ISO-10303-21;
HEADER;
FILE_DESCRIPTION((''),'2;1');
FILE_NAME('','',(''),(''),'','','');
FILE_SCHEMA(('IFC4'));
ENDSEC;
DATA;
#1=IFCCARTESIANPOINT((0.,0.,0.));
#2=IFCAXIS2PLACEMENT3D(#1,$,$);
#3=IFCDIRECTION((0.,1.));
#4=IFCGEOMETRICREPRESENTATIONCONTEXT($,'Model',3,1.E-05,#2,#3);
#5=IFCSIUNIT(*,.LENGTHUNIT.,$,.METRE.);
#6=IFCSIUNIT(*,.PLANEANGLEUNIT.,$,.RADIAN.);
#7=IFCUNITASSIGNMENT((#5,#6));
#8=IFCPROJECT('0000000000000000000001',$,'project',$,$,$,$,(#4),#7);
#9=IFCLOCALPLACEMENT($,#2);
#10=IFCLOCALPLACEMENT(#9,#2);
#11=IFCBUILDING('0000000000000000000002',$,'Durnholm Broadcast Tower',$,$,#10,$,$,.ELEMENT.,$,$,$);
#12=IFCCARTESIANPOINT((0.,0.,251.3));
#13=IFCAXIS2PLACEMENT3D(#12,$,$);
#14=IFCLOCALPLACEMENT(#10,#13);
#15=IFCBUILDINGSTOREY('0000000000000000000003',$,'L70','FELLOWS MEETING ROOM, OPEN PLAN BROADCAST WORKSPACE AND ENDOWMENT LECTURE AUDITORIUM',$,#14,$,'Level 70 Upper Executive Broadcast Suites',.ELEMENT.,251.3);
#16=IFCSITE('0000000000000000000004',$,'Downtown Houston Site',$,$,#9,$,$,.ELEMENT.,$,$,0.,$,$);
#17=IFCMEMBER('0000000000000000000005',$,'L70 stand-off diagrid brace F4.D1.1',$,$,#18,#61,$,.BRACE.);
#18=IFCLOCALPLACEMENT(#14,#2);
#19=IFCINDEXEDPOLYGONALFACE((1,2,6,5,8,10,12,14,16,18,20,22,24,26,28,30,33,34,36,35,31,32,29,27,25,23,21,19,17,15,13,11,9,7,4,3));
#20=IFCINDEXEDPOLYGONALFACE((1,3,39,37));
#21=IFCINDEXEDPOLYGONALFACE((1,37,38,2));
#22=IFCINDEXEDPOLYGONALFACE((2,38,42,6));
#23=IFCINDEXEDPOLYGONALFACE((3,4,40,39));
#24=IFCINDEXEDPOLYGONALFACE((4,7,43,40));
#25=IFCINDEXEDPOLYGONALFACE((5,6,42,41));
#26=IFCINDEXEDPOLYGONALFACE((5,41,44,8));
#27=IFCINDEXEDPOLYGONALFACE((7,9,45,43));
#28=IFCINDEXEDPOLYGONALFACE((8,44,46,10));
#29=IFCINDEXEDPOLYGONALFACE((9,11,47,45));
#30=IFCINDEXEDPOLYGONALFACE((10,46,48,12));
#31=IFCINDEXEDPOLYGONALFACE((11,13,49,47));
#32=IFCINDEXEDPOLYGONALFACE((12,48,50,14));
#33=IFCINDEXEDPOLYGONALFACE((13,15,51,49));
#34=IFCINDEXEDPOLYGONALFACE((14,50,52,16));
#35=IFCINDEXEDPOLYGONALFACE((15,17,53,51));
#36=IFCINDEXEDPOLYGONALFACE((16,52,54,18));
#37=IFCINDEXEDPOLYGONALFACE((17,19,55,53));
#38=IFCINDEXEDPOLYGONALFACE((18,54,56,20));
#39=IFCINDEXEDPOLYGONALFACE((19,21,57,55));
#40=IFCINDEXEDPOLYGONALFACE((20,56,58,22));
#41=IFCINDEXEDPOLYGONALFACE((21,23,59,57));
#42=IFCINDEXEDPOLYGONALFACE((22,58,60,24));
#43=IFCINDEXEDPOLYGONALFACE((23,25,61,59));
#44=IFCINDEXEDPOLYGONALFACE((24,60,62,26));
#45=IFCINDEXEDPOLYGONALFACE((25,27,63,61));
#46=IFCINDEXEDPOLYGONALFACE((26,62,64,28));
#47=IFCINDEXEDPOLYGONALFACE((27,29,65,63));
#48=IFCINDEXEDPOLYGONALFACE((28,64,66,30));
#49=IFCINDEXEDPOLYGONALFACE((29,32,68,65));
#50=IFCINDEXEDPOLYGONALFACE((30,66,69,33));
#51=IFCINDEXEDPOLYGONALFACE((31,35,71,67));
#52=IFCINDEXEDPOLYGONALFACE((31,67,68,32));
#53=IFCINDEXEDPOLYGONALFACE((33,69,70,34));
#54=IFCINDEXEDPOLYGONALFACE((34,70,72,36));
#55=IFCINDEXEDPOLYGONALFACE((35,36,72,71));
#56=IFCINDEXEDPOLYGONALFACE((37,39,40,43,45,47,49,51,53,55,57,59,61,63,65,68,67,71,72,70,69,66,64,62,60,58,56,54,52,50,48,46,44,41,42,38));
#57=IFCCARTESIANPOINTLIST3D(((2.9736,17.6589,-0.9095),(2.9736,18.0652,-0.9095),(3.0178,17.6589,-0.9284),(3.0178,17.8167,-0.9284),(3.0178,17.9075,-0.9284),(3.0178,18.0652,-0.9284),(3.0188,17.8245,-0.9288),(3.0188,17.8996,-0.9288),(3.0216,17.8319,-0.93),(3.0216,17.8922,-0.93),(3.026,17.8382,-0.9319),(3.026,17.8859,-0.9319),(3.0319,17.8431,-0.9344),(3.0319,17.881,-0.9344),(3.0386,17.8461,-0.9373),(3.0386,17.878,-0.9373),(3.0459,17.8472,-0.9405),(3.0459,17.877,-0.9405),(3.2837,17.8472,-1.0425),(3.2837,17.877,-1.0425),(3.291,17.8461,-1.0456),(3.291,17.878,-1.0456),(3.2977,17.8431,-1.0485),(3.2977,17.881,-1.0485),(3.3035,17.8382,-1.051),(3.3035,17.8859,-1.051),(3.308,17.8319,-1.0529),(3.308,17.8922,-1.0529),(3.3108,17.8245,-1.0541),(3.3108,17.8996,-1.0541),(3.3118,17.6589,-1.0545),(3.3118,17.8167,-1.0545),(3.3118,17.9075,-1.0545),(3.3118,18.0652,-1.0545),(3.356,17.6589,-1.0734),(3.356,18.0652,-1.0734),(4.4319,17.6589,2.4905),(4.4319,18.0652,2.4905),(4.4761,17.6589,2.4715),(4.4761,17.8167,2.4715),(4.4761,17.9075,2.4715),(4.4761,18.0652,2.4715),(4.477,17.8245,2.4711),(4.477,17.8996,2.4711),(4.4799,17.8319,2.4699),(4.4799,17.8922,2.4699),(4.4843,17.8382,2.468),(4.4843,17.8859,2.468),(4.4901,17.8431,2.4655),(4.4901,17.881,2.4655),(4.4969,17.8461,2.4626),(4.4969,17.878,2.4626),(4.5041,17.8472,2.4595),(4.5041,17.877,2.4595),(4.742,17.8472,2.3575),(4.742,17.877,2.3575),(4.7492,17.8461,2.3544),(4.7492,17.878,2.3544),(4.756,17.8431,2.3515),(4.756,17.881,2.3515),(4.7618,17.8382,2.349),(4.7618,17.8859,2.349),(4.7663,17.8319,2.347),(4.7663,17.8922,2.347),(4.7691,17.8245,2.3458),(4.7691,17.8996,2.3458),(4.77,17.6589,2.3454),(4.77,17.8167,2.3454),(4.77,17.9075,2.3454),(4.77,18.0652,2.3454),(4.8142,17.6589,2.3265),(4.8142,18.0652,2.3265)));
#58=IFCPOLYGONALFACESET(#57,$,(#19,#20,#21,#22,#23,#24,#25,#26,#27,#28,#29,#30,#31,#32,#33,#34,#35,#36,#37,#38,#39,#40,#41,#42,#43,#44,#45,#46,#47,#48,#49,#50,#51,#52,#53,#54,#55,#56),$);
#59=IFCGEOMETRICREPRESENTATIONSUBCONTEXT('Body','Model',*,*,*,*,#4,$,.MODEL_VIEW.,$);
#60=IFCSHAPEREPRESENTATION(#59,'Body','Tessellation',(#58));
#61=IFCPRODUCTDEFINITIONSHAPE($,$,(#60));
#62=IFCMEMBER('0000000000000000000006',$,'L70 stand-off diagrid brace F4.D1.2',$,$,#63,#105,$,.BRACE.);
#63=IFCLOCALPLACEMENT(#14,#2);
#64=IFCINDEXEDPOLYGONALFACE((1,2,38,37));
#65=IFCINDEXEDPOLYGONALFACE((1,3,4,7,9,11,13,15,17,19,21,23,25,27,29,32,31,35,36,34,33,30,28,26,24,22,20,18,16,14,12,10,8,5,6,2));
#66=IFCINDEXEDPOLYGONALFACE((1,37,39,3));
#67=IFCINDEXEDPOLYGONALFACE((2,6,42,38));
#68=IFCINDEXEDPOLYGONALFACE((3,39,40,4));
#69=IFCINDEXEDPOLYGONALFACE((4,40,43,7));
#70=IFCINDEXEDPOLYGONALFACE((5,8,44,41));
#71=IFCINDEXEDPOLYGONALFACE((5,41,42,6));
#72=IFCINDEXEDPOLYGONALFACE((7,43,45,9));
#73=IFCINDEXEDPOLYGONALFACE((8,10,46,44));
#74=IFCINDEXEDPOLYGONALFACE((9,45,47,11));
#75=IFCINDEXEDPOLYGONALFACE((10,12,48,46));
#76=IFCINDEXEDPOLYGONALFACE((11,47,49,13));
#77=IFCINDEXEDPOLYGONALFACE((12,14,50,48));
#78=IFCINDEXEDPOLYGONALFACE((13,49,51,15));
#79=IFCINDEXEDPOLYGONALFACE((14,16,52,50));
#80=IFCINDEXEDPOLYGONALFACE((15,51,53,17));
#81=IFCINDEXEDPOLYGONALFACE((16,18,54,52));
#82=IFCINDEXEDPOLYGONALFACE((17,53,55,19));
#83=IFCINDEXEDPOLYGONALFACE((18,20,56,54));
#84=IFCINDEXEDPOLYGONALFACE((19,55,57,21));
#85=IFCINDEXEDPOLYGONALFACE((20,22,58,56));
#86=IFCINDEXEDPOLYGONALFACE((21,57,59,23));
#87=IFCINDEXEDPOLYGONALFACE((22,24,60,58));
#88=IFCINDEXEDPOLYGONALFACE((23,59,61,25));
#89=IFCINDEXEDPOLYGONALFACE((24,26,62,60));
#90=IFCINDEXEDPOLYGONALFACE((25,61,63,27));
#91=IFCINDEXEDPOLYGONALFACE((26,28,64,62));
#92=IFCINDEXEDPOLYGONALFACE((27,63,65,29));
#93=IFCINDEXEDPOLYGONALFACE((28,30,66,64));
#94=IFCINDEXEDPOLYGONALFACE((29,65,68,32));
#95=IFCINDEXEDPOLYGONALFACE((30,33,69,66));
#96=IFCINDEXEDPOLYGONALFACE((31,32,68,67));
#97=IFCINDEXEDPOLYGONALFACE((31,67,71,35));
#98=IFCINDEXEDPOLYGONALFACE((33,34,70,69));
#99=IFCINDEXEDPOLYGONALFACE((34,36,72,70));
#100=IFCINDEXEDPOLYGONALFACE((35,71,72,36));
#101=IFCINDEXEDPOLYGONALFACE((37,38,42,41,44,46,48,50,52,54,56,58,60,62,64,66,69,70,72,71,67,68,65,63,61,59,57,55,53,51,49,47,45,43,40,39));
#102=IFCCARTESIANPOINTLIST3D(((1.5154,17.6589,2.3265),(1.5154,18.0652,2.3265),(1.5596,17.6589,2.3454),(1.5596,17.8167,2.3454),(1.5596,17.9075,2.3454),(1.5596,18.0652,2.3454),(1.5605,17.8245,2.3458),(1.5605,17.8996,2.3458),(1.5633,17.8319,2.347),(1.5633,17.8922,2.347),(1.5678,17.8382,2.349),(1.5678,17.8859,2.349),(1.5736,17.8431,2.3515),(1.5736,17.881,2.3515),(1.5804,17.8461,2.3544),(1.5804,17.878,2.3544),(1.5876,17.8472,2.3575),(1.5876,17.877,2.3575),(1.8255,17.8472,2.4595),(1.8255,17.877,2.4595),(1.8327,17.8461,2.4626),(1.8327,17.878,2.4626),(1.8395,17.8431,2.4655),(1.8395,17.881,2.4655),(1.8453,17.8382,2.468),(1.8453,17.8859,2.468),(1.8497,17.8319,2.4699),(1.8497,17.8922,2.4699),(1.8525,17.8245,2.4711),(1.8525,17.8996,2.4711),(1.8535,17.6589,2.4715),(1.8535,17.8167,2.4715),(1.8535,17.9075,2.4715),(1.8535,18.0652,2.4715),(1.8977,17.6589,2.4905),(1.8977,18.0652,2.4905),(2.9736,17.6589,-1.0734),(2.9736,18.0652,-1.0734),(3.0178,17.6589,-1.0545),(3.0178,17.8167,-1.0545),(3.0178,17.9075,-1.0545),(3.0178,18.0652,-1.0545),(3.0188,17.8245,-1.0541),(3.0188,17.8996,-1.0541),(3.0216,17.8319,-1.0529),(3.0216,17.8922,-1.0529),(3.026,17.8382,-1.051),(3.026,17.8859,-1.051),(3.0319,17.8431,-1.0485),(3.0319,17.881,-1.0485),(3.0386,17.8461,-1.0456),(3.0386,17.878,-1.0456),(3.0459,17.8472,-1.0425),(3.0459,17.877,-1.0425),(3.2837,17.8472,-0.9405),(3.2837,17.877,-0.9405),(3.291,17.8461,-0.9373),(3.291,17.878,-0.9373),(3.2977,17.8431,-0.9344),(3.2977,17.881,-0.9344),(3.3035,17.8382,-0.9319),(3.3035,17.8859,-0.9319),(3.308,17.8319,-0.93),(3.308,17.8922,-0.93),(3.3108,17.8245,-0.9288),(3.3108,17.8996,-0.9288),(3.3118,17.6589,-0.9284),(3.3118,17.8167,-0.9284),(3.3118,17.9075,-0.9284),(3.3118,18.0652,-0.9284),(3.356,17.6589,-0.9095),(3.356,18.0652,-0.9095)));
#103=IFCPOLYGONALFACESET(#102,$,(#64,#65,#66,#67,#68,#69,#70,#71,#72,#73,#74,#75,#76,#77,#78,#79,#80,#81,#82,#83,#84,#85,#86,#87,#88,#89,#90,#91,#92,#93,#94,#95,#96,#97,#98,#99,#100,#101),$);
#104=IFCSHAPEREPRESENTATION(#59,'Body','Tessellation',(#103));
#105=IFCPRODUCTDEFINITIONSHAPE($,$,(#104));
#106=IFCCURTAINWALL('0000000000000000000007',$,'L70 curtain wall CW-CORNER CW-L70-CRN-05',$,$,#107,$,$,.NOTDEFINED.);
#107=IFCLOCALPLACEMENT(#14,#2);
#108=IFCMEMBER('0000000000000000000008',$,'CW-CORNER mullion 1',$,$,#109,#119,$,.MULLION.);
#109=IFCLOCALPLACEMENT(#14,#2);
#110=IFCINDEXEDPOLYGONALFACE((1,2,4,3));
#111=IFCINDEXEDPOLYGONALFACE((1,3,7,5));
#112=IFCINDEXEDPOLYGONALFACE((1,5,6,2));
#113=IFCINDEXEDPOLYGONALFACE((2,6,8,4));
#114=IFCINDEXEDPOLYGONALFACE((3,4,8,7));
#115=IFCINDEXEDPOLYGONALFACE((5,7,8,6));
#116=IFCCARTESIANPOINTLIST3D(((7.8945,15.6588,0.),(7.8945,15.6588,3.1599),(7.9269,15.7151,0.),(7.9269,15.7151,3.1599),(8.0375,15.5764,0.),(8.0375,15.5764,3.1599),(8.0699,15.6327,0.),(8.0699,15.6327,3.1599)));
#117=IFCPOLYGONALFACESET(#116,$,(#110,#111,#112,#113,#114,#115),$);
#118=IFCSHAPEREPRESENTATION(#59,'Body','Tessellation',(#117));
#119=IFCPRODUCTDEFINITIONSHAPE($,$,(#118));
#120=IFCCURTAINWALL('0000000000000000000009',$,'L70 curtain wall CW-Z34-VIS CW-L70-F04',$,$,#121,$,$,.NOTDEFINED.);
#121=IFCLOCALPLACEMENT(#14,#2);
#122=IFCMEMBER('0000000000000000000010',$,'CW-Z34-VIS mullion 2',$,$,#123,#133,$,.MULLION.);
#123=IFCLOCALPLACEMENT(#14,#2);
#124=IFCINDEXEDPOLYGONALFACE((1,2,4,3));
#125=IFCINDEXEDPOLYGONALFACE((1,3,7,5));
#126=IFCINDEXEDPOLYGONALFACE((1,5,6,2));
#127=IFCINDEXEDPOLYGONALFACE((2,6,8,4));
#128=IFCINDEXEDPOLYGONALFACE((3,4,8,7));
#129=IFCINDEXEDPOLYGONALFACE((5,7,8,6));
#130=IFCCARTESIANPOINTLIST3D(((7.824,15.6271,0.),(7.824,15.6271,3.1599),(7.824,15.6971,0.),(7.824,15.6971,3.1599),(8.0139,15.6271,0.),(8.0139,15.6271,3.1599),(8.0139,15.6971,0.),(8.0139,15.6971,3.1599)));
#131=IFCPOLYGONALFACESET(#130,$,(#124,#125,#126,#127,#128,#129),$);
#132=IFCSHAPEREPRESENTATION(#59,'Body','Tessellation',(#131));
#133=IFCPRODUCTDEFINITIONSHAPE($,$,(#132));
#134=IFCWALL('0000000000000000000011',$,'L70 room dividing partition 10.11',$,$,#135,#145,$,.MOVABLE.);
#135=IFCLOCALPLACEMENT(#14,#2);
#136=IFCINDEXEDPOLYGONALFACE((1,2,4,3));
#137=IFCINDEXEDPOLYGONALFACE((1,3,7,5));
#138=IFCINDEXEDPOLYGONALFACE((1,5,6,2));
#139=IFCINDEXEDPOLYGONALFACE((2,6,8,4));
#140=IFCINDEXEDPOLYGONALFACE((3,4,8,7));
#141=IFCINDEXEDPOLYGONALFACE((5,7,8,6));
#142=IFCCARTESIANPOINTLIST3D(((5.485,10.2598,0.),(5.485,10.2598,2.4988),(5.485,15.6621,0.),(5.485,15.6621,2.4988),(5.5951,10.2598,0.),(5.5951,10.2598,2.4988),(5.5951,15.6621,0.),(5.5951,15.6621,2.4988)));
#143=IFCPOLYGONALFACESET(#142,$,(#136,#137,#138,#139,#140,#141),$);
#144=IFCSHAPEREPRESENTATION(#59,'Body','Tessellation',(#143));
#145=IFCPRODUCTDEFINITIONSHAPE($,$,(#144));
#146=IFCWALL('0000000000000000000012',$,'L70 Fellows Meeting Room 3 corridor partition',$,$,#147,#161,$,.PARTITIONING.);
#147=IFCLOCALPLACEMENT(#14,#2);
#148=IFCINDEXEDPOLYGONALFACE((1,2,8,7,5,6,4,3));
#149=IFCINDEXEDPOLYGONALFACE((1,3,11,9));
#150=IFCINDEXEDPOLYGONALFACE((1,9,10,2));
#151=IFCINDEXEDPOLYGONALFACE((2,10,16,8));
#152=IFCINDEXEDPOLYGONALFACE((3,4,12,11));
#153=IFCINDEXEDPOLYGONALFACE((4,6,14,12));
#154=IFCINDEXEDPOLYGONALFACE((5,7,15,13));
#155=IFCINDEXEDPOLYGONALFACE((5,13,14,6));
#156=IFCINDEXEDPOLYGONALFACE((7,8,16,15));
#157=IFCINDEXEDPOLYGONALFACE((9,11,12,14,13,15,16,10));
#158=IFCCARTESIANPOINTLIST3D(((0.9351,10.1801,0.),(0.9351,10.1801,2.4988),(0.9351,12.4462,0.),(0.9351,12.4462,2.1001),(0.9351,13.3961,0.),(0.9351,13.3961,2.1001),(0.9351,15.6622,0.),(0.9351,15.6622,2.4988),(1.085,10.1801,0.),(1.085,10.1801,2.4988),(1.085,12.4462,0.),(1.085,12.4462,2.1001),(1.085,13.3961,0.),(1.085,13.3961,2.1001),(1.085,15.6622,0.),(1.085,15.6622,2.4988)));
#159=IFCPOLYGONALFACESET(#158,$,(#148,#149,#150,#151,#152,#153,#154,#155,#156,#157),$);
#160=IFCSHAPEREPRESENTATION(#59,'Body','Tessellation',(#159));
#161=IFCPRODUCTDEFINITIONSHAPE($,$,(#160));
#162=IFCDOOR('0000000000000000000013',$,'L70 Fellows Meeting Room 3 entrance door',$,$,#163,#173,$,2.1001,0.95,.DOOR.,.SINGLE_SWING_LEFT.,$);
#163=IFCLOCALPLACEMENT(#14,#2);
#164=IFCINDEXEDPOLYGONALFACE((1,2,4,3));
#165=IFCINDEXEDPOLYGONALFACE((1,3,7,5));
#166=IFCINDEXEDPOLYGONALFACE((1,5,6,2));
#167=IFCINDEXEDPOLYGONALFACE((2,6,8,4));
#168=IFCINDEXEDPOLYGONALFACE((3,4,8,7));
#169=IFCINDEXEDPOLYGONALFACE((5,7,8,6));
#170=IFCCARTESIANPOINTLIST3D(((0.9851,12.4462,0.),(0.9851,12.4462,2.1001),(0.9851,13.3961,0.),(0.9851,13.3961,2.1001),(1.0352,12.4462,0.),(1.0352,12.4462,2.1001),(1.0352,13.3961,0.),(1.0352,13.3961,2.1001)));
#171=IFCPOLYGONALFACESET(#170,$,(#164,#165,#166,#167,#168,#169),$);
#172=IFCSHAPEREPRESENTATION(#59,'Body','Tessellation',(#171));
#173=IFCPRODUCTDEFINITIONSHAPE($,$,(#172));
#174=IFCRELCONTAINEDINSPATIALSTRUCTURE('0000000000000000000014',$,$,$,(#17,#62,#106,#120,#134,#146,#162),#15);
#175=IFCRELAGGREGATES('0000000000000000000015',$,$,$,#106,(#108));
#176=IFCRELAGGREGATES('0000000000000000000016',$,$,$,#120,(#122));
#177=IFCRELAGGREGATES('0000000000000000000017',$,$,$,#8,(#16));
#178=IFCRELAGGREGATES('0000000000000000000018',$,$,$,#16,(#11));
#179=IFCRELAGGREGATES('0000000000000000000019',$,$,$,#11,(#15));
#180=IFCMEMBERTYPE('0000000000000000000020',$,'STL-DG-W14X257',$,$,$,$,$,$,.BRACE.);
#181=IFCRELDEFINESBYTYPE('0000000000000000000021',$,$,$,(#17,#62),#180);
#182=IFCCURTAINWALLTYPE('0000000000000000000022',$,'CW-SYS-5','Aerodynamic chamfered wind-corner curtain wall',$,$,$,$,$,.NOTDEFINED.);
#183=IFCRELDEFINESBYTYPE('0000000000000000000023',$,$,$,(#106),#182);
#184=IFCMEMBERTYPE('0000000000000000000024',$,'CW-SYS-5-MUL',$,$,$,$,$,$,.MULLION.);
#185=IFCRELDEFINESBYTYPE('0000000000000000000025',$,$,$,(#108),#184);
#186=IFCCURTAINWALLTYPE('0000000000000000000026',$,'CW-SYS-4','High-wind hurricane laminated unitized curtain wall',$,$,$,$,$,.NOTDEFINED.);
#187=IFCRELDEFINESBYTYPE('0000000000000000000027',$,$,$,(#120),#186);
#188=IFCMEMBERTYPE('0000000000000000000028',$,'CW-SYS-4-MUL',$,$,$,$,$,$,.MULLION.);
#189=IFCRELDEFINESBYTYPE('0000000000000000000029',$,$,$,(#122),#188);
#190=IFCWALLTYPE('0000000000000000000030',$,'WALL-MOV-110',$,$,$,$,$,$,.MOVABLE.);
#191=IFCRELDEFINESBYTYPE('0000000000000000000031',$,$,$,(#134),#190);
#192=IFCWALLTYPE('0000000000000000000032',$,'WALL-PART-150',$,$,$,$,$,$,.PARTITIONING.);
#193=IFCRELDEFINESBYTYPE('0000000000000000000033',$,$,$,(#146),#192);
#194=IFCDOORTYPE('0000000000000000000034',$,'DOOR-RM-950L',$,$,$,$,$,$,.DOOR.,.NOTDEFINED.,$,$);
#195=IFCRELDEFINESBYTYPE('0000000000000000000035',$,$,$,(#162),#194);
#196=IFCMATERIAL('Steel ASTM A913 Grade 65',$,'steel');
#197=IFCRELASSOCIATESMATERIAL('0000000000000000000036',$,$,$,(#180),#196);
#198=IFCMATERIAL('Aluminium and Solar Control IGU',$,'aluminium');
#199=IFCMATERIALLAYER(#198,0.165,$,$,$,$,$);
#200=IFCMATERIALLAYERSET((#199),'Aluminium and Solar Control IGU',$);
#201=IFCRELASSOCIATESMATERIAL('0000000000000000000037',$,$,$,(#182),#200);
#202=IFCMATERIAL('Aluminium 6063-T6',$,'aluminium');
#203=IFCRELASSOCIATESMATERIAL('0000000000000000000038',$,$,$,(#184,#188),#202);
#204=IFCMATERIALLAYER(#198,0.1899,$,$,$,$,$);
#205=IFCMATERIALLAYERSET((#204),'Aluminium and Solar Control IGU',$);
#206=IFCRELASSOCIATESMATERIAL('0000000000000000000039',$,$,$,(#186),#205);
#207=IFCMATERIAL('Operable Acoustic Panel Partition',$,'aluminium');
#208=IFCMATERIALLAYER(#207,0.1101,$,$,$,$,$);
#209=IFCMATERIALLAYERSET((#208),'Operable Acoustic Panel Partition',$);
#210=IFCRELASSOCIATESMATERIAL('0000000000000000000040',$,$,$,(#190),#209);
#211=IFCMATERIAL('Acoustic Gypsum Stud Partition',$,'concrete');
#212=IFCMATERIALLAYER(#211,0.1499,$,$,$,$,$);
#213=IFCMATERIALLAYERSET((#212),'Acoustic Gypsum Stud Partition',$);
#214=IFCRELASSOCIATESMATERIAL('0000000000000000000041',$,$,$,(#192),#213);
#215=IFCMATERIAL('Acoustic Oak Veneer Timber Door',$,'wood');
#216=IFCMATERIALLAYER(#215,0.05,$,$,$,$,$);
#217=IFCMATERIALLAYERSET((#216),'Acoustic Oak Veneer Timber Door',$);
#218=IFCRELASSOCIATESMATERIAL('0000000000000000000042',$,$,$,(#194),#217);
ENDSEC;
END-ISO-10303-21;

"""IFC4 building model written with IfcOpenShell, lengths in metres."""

from ifc_helpers import new_model, si_unit, direction, frame, frame_2d, origin, origin_2d, place, context, subcontext, project, spatial, rectangle, i_section, extrude, source, transform, mapped, material, layer, layer_set, material_profile, profile_set, type_object, type_shapes, element, fill, aggregate, save


model = new_model("IFC4")

# Units and contexts
model_context = context("Model", 3, precision=1e-05, world=origin(), true_north=direction((0.0, 1.0)))
body_context = subcontext(model_context, "Body", "Model", "MODEL_VIEW")
ifc_project = project(units=[si_unit("LENGTHUNIT", "METRE"), si_unit("PLANEANGLEUNIT", "RADIAN")], contexts=[model_context])

# Site, building, storey
site_placement = place(None, origin())
site = spatial("IfcSite", under=ifc_project, at=site_placement, Name="Downtown Houston Site", CompositionType="ELEMENT", RefElevation=0.0)
building_placement = place(site_placement, origin())
building = spatial("IfcBuilding", under=site, at=building_placement, Name="Durnholm Broadcast Tower", CompositionType="ELEMENT")
storey_placement = place(building_placement, frame((0.0, 0.0, 251.3)))
storey = spatial("IfcBuildingStorey", under=building, at=storey_placement, Name="L70", Description="FELLOWS MEETING ROOM, OPEN PLAN BROADCAST WORKSPACE AND ENDOWMENT LECTURE AUDITORIUM", LongName="Level 70 Upper Executive Broadcast Suites", CompositionType="ELEMENT", Elevation=251.3)

# Members
ifc_material_1 = material(Name="Steel ASTM A913 Grade 65", Category="steel")
ifc_material_profile_1 = material_profile(ifc_material_1, i_section(OverallWidth=0.4062, OverallDepth=0.416, WebThickness=0.0298, FlangeThickness=0.0481, FilletRadius=0.0305, at=origin_2d()), Name="W14X257")
ifc_profile_set_1 = profile_set([ifc_material_profile_1], Name="Steel ASTM A913 Grade 65")
member_type_1 = type_object("IfcMemberType", Name="STL-DG-W14X257", PredefinedType="BRACE", material=ifc_profile_set_1)
shared_shape_1 = source(origin(), body_context, "Body", "SweptSolid", [
    extrude(i_section(OverallWidth=0.4062, OverallDepth=0.416, WebThickness=0.0298, FlangeThickness=0.0481, FilletRadius=0.0305, at=origin_2d()), origin(), (0.0, 0.0, 1.0), 3.6995),
])
type_shapes(member_type_1, [shared_shape_1])
for number, where, z_axis, x_axis, name in (
    (1, (3.1648, 17.8621, -0.9915), (0.394182, 0.0, 0.919032), (0.0, 1.0, 0.0), "L70 stand-off diagrid brace F4.D1.1"),
    (2, (3.1648, 17.8621, -0.9915), (-0.394182, 0.0, 0.919032), (0.0, -1.0, 0.0), "L70 stand-off diagrid brace F4.D1.2"),
):
    element("IfcMember", number, at=place(storey_placement, frame(where, z_axis=z_axis, x_axis=x_axis)), inside=storey, type_object=member_type_1, Name=name, PredefinedType="BRACE", context=body_context, shape_type="MappedRepresentation", body=[
        mapped(shared_shape_1, transform((0.0, 0.0, 0.0), x_axis=(1.0, 0.0, 0.0), y_axis=(0.0, 1.0, 0.0), z_axis=(0.0, 0.0, 1.0), scale=1.0)),
    ])

# Curtain walls, members
ifc_material_2 = material(Name="Aluminium and Solar Control IGU", Category="aluminium")
ifc_layer_1 = layer(ifc_material_2, 0.165)
ifc_layer_set_1 = layer_set([ifc_layer_1], Name="Aluminium and Solar Control IGU")
curtain_wall_type_1 = type_object("IfcCurtainWallType", Name="CW-SYS-5", Description="Aerodynamic chamfered wind-corner curtain wall", PredefinedType="NOTDEFINED", material=ifc_layer_set_1)
curtain_wall_1_placement = place(storey_placement, origin())
curtain_wall_1 = element("IfcCurtainWall", 3, at=curtain_wall_1_placement, inside=storey, type_object=curtain_wall_type_1, Name="L70 curtain wall CW-CORNER CW-L70-CRN-05", PredefinedType="NOTDEFINED")
ifc_material_3 = material(Name="Aluminium 6063-T6", Category="aluminium")
ifc_material_profile_2 = material_profile(ifc_material_3, rectangle(XDim=0.0649, YDim=0.165, at=origin_2d()), Name="CWM65X165")
ifc_profile_set_2 = profile_set([ifc_material_profile_2], Name="Aluminium 6063-T6")
member_type_2 = type_object("IfcMemberType", Name="CW-SYS-5-MUL", PredefinedType="MULLION", material=ifc_profile_set_2)
shared_shape_2 = source(origin(), body_context, "Body", "SweptSolid", [
    extrude(rectangle(XDim=0.0649, YDim=0.165, at=origin_2d()), origin(), (0.0, 0.0, 1.0), 3.1599),
])
type_shapes(member_type_2, [shared_shape_2])
member_1_placement = place(storey_placement, frame((7.9822, 15.6458, 0.0), z_axis=(0.0, 0.0, 1.0), x_axis=(0.499059, 0.866568, 0.0)))
member_1 = element("IfcMember", 4, at=member_1_placement, type_object=member_type_2, Name="CW-CORNER mullion 1", PredefinedType="MULLION", context=body_context, shape_type="MappedRepresentation", body=[
    mapped(shared_shape_2, transform((0.0, 0.0, 0.0), x_axis=(1.0, 0.0, 0.0), y_axis=(0.0, 1.0, 0.0), z_axis=(0.0, 0.0, 1.0), scale=1.0)),
])
aggregate(curtain_wall_1, [member_1])
ifc_layer_2 = layer(ifc_material_2, 0.1899)
ifc_layer_set_2 = layer_set([ifc_layer_2], Name="Aluminium and Solar Control IGU")
curtain_wall_type_2 = type_object("IfcCurtainWallType", Name="CW-SYS-4", Description="High-wind hurricane laminated unitized curtain wall", PredefinedType="NOTDEFINED", material=ifc_layer_set_2)
curtain_wall_2_placement = place(storey_placement, origin())
curtain_wall_2 = element("IfcCurtainWall", 5, at=curtain_wall_2_placement, inside=storey, type_object=curtain_wall_type_2, Name="L70 curtain wall CW-Z34-VIS CW-L70-F04", PredefinedType="NOTDEFINED")
ifc_material_profile_3 = material_profile(ifc_material_3, rectangle(XDim=0.0701, YDim=0.1899, at=origin_2d()), Name="CWM70X190")
ifc_profile_set_3 = profile_set([ifc_material_profile_3], Name="Aluminium 6063-T6")
member_type_3 = type_object("IfcMemberType", Name="CW-SYS-4-MUL", PredefinedType="MULLION", material=ifc_profile_set_3)
shared_shape_3 = source(origin(), body_context, "Body", "SweptSolid", [
    extrude(rectangle(XDim=0.0701, YDim=0.1899, at=origin_2d()), origin(), (0.0, 0.0, 1.0), 3.1599),
])
type_shapes(member_type_3, [shared_shape_3])
member_2_placement = place(storey_placement, frame((7.9189, 15.6621, 0.0), z_axis=(0.0, 0.0, 1.0), x_axis=(0.0, 1.0, 0.0)))
member_2 = element("IfcMember", 6, at=member_2_placement, type_object=member_type_3, Name="CW-Z34-VIS mullion 2", PredefinedType="MULLION", context=body_context, shape_type="MappedRepresentation", body=[
    mapped(shared_shape_3, transform((0.0, 0.0, 0.0), x_axis=(1.0, 0.0, 0.0), y_axis=(0.0, 1.0, 0.0), z_axis=(0.0, 0.0, 1.0), scale=1.0)),
])
aggregate(curtain_wall_2, [member_2])

# Wall
ifc_material_4 = material(Name="Operable Acoustic Panel Partition", Category="aluminium")
ifc_layer_3 = layer(ifc_material_4, 0.1101)
ifc_layer_set_3 = layer_set([ifc_layer_3], Name="Operable Acoustic Panel Partition")
wall_type_1 = type_object("IfcWallType", Name="WALL-MOV-110", PredefinedType="MOVABLE", material=ifc_layer_set_3)
wall_1_placement = place(storey_placement, frame((5.54, 15.6621, 0.0), z_axis=(0.0, 0.0, 1.0), x_axis=(0.0, -1.0, 0.0)))
element("IfcWall", 7, at=wall_1_placement, inside=storey, type_object=wall_type_1, Name="L70 room dividing partition 10.11", PredefinedType="MOVABLE", context=body_context, shape_type="SweptSolid", body=[
    extrude(rectangle(XDim=5.4023, YDim=0.1101, at=frame_2d((2.7012, 0.0))), origin(), (0.0, 0.0, 1.0), 2.4988),
])

# Wall, opening, door
ifc_material_5 = material(Name="Acoustic Gypsum Stud Partition", Category="concrete")
ifc_layer_4 = layer(ifc_material_5, 0.1499)
ifc_layer_set_4 = layer_set([ifc_layer_4], Name="Acoustic Gypsum Stud Partition")
wall_type_2 = type_object("IfcWallType", Name="WALL-PART-150", PredefinedType="PARTITIONING", material=ifc_layer_set_4)
wall_2_placement = place(storey_placement, frame((1.01, 10.1799, 0.0), z_axis=(0.0, 0.0, 1.0), x_axis=(0.0, 1.0, 0.0)))
wall_2 = element("IfcWall", 8, at=wall_2_placement, inside=storey, type_object=wall_type_2, Name="L70 Fellows Meeting Room 3 corridor partition", PredefinedType="PARTITIONING", context=body_context, shape_type="SweptSolid", body=[
    extrude(rectangle(XDim=5.4822, YDim=0.1499, at=frame_2d((2.7412, 0.0))), origin(), (0.0, 0.0, 1.0), 2.4988),
])
opening_placement = place(wall_2_placement, frame((2.2661, 0.0, 0.0)))
opening = element("IfcOpeningElement", 9, at=opening_placement, cuts=wall_2, PredefinedType="OPENING", context=body_context, shape_type="SweptSolid", body=[
    extrude(rectangle(XDim=0.95, YDim=2.1001, at=frame_2d((0.4751, 1.05))), frame((0.0, 0.085, 0.0), z_axis=(0.0, -1.0, 0.0), x_axis=(1.0, 0.0, 0.0)), (0.0, 0.0, 1.0), 0.1699),
])
ifc_material_6 = material(Name="Acoustic Oak Veneer Timber Door", Category="wood")
ifc_layer_5 = layer(ifc_material_6, 0.05)
ifc_layer_set_5 = layer_set([ifc_layer_5], Name="Acoustic Oak Veneer Timber Door")
door_type = type_object("IfcDoorType", Name="DOOR-RM-950L", OperationType="NOTDEFINED", PredefinedType="DOOR", material=ifc_layer_set_5)
shared_shape_4 = source(origin(), body_context, "Body", "SweptSolid", [
    extrude(rectangle(XDim=0.95, YDim=2.1001, at=frame_2d((0.4751, 1.05))), frame((0.0, 0.0249, 0.0), z_axis=(0.0, -1.0, 0.0), x_axis=(1.0, 0.0, 0.0)), (0.0, 0.0, 1.0), 0.05),
])
type_shapes(door_type, [shared_shape_4])
door_placement = place(opening_placement, origin())
door = element("IfcDoor", 10, at=door_placement, inside=storey, type_object=door_type, Name="L70 Fellows Meeting Room 3 entrance door", OperationType="SINGLE_SWING_LEFT", OverallHeight=2.1001, OverallWidth=0.95, PredefinedType="DOOR", context=body_context, shape_type="MappedRepresentation", body=[
    mapped(shared_shape_4, transform((0.0, 0.0, 0.0), x_axis=(1.0, 0.0, 0.0), y_axis=(0.0, 1.0, 0.0), z_axis=(0.0, 0.0, 1.0), scale=1.0)),
])
fill(opening, door)

save(model, "model.ifc")
